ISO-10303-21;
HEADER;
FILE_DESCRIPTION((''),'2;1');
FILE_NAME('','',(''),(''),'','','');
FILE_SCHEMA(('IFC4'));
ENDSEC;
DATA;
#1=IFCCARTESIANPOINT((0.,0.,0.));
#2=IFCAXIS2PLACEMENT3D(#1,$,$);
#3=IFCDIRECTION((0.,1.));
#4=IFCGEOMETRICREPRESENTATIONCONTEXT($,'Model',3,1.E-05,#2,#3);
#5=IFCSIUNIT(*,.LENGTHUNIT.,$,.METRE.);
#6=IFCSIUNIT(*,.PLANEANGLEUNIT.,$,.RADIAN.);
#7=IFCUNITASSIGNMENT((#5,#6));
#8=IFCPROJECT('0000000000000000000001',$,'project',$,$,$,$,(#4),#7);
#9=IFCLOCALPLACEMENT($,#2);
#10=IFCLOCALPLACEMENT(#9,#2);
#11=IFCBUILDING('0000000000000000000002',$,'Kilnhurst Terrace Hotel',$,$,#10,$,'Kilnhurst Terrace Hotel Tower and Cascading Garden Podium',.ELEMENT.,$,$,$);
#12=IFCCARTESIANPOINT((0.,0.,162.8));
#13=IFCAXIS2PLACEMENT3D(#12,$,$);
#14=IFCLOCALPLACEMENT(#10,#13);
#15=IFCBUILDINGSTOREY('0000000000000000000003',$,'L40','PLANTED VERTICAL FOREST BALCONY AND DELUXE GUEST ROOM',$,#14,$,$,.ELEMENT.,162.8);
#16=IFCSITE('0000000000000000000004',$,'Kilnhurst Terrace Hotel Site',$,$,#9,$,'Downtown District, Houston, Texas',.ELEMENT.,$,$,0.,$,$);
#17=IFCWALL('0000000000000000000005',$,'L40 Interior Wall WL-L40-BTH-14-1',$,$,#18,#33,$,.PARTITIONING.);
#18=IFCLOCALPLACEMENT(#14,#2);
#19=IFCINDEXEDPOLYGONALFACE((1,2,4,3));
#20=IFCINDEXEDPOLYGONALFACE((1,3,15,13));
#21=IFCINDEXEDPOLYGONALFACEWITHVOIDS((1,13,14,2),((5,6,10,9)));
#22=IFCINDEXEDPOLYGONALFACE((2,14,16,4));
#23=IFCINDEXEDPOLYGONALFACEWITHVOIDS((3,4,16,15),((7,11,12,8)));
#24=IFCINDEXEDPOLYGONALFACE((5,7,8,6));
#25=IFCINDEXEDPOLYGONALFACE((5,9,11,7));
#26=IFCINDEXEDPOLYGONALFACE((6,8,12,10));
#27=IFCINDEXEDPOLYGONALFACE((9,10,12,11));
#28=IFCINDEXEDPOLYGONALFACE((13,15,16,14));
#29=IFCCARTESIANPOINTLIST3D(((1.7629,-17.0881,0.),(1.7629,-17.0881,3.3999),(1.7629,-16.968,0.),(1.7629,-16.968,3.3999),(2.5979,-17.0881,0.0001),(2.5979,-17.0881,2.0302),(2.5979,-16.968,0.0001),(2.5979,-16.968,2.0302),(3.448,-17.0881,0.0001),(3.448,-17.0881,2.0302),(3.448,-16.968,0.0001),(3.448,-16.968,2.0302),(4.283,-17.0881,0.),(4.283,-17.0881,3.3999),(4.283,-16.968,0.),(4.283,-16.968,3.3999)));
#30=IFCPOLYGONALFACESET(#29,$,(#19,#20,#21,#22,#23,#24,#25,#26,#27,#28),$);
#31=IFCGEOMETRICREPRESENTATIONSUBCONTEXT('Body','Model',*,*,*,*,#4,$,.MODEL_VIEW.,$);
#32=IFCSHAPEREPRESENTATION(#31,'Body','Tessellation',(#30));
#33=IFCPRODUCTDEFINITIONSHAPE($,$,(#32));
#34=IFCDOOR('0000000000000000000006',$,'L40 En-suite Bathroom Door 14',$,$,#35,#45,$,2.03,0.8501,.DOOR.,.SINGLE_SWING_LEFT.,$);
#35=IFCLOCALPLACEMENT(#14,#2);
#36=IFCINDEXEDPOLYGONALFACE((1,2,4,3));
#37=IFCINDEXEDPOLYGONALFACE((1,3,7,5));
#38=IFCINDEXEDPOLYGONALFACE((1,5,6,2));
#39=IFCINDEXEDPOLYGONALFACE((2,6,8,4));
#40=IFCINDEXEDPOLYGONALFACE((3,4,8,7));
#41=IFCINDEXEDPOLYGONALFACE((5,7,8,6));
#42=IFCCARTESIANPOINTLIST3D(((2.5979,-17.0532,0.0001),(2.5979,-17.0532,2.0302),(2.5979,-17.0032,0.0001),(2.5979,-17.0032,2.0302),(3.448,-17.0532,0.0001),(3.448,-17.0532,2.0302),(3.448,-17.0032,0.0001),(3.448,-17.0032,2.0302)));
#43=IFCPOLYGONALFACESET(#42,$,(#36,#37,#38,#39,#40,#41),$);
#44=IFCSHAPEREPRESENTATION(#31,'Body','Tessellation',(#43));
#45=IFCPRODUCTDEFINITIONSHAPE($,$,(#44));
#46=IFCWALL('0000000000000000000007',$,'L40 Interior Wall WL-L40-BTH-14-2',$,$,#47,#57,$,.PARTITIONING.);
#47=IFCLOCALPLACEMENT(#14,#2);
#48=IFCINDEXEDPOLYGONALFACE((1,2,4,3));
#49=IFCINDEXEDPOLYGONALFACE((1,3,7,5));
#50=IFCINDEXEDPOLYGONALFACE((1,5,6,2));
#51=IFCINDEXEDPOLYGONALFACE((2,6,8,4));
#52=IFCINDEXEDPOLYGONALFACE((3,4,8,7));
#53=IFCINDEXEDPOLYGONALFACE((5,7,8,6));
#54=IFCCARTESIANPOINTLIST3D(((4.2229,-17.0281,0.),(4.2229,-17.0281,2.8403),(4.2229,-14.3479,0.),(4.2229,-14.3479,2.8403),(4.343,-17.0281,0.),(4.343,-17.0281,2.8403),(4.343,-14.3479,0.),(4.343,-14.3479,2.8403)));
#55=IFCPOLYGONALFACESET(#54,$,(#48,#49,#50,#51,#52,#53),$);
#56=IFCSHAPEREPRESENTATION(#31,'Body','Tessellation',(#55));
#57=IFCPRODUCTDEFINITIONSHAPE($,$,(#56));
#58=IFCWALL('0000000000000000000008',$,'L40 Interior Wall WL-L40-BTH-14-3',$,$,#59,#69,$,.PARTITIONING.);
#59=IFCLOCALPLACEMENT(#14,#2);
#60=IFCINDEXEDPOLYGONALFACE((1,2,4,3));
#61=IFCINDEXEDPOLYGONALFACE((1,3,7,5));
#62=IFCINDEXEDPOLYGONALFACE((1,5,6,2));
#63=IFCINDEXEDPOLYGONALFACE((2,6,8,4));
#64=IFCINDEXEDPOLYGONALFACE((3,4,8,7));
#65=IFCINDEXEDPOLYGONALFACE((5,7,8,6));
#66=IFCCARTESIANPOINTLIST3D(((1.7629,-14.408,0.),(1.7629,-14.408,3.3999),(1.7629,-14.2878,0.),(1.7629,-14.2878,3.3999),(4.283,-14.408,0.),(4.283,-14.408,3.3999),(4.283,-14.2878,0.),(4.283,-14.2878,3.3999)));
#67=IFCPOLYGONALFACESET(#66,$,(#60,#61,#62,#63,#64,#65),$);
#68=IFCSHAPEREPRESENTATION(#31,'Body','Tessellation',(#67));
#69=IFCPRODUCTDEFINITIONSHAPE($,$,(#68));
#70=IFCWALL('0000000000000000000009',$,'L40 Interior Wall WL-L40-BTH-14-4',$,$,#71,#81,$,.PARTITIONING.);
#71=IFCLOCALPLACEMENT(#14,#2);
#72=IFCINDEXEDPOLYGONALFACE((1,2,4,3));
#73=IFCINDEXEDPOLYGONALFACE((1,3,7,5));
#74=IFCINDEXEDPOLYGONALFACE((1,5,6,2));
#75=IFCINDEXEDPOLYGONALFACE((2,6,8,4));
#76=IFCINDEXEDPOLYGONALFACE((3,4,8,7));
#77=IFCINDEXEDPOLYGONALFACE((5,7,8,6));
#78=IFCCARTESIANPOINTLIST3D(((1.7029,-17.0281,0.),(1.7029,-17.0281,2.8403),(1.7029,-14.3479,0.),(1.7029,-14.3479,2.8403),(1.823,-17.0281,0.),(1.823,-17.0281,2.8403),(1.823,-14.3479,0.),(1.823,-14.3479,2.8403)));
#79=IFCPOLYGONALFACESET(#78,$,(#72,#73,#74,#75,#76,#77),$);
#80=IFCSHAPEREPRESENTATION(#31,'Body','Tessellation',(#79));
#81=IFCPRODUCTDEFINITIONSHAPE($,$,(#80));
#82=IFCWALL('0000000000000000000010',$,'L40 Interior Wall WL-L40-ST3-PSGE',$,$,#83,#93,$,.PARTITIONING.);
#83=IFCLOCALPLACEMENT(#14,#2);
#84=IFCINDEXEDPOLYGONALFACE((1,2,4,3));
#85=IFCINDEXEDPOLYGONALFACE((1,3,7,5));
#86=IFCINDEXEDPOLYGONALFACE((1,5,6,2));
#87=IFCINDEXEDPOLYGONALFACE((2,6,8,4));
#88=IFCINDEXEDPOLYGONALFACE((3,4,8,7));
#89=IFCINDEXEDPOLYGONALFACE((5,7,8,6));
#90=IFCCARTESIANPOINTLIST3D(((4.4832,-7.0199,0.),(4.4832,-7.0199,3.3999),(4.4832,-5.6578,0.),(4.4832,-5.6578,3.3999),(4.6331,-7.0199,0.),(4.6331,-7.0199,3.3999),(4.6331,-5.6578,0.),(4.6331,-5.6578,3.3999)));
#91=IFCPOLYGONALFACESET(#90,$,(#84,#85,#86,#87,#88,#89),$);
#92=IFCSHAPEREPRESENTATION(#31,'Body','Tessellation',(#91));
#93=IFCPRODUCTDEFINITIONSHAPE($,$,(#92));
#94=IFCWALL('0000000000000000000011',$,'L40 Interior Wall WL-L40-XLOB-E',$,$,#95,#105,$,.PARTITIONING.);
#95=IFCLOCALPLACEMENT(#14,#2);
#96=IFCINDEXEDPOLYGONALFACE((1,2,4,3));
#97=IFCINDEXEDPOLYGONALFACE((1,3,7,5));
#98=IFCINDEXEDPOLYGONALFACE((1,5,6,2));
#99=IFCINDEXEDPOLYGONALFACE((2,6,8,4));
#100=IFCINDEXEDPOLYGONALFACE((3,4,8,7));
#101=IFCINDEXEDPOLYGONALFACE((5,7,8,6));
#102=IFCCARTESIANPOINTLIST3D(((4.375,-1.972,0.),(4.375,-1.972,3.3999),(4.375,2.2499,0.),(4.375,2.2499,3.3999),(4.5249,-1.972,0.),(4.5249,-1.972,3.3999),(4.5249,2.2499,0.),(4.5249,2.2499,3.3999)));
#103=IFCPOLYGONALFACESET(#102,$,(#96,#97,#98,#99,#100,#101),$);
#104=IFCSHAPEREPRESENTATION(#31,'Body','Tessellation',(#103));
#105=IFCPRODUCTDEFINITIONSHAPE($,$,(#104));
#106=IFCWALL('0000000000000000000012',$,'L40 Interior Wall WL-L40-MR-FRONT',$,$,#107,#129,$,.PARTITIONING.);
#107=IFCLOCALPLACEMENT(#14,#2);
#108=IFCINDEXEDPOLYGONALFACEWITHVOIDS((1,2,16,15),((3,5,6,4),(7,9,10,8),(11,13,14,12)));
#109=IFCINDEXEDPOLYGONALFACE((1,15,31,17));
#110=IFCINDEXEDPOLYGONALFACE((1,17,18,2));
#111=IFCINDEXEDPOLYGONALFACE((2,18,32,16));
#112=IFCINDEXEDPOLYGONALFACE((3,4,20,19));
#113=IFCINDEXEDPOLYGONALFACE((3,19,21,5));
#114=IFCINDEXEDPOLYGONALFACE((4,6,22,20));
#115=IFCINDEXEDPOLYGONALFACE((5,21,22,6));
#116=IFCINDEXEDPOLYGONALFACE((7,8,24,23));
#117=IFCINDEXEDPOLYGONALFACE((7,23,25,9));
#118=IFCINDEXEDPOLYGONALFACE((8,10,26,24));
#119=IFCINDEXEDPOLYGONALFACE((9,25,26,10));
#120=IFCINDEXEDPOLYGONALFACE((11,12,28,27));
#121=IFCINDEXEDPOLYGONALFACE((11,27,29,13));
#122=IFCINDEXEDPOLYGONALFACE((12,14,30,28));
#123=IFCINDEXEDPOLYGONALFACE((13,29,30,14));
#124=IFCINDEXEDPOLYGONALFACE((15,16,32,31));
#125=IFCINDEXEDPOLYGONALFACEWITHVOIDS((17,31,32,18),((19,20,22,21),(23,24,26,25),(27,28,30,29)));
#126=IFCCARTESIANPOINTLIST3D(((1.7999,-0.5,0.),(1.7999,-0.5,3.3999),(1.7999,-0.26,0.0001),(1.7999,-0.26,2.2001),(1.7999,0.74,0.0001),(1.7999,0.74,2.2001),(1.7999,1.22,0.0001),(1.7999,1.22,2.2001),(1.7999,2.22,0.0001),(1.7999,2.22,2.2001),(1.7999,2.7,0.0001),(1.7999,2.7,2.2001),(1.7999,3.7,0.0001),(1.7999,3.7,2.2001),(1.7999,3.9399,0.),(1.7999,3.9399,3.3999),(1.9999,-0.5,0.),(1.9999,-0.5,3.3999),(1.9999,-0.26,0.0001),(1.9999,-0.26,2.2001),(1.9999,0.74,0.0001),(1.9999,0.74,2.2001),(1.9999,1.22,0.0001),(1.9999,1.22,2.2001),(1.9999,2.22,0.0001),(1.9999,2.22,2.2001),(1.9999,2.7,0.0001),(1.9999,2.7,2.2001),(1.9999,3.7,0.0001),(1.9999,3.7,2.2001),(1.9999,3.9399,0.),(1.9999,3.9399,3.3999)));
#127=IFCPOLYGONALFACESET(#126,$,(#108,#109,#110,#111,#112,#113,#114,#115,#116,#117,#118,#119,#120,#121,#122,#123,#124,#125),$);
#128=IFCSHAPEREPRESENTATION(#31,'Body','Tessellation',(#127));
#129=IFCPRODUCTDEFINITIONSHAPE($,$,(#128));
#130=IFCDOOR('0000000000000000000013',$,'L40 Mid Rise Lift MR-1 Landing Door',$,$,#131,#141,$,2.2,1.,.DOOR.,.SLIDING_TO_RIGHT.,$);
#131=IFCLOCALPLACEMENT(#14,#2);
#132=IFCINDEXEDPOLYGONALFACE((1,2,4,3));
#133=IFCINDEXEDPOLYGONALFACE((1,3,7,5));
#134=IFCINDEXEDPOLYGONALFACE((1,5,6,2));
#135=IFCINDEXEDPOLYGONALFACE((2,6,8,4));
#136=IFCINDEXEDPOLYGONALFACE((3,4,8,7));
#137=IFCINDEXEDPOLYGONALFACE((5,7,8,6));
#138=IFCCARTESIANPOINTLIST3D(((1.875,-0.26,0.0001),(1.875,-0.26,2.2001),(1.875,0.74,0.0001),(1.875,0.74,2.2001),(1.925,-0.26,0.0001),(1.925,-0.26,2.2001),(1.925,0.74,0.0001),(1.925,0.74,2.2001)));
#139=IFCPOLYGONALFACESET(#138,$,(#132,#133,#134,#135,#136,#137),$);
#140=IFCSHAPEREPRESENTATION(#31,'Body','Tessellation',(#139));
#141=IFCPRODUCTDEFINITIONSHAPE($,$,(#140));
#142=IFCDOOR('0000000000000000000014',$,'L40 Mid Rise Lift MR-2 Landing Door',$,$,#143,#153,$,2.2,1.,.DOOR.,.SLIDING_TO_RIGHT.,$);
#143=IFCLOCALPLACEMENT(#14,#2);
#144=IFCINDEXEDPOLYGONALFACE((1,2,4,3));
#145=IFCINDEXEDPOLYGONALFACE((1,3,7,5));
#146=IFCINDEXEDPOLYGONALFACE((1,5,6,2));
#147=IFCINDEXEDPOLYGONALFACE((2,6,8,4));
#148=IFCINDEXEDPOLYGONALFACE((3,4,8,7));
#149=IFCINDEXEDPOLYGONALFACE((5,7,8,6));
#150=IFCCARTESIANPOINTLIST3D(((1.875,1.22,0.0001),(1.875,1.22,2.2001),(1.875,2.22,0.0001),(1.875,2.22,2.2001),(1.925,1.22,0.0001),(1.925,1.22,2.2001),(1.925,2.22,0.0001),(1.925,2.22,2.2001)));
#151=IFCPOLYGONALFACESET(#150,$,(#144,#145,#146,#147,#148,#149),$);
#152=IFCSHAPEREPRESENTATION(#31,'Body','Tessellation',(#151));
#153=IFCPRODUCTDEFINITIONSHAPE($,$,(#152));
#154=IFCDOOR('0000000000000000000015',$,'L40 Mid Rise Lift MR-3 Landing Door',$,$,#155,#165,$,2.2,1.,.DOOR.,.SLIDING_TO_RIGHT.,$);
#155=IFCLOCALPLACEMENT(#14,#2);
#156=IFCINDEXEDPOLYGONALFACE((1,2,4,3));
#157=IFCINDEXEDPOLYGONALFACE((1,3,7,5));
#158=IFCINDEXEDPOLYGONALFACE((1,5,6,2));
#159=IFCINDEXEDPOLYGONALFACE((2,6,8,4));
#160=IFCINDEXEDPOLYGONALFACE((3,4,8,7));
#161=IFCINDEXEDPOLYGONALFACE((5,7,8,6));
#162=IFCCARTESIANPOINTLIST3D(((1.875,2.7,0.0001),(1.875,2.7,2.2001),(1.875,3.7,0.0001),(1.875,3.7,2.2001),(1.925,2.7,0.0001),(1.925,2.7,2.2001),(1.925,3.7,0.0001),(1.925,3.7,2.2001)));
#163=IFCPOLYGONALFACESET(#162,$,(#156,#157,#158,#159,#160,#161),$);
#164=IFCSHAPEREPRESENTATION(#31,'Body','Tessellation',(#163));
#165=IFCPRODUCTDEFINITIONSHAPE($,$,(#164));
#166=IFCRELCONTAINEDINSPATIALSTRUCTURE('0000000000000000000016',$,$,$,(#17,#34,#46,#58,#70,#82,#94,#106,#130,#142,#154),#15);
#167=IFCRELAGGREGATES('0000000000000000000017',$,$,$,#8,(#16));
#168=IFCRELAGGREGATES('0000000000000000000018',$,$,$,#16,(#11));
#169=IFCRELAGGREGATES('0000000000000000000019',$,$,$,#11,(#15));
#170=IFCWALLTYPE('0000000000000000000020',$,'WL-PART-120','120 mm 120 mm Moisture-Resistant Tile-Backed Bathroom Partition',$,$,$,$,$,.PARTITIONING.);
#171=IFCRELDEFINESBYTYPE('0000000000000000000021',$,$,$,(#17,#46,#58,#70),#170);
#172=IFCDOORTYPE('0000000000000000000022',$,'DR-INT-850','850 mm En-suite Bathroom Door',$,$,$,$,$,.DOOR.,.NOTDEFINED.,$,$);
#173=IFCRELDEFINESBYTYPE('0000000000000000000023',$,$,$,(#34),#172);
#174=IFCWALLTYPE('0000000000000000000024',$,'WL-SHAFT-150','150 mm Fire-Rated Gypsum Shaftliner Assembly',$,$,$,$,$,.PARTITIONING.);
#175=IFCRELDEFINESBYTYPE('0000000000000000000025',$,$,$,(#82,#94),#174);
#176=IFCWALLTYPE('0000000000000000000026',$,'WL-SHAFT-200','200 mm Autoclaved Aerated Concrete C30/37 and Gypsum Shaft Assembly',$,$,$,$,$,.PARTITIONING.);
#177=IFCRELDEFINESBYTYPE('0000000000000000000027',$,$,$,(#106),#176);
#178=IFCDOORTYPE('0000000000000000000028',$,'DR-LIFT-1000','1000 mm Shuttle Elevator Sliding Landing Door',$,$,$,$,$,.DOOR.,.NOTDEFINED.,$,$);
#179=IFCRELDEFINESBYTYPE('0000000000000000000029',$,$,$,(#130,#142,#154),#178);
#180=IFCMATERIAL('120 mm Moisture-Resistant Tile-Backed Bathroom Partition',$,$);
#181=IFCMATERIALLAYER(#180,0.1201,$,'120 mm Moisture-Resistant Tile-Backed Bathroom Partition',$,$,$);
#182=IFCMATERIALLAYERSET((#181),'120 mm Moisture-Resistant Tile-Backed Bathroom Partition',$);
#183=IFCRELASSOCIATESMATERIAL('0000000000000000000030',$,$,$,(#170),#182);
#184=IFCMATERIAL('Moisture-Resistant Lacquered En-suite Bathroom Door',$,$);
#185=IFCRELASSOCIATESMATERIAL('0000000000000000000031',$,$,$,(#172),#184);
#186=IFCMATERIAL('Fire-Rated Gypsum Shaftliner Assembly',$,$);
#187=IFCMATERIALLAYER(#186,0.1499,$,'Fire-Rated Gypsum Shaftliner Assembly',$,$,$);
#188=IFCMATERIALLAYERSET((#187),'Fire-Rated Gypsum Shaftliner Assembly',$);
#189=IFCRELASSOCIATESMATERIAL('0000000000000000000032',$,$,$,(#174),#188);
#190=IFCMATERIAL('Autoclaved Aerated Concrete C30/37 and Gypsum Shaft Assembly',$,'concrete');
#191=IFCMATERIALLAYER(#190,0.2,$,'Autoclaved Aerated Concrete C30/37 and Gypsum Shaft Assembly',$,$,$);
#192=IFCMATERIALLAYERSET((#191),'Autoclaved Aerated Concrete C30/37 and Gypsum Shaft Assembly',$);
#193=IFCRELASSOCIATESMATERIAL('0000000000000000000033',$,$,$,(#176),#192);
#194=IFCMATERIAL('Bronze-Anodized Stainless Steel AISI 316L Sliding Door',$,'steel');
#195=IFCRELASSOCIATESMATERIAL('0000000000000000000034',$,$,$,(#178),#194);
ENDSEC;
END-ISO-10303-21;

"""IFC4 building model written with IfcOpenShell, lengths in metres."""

from ifc_helpers import new_model, si_unit, direction, frame, frame_2d, origin, place, context, subcontext, project, spatial, rectangle, extrude, material, layer, layer_set, type_object, element, fill, save


model = new_model("IFC4")

# Units and contexts
model_context = context("Model", 3, precision=1e-05, world=origin(), true_north=direction((0.0, 1.0)))
body_context = subcontext(model_context, "Body", "Model", "MODEL_VIEW")
ifc_project = project(units=[si_unit("LENGTHUNIT", "METRE"), si_unit("PLANEANGLEUNIT", "RADIAN")], contexts=[model_context])

# Site, building, storey
site_placement = place(None, origin())
site = spatial("IfcSite", under=ifc_project, at=site_placement, Name="Kilnhurst Terrace Hotel Site", LongName="Downtown District, Houston, Texas", CompositionType="ELEMENT", RefElevation=0.0)
building_placement = place(site_placement, origin())
building = spatial("IfcBuilding", under=site, at=building_placement, Name="Kilnhurst Terrace Hotel", LongName="Kilnhurst Terrace Hotel Tower and Cascading Garden Podium", CompositionType="ELEMENT")
storey_placement = place(building_placement, frame((0.0, 0.0, 162.8)))
storey = spatial("IfcBuildingStorey", under=building, at=storey_placement, Name="L40", Description="PLANTED VERTICAL FOREST BALCONY AND DELUXE GUEST ROOM", CompositionType="ELEMENT", Elevation=162.8)

# Shared definitions
ifc_material_1 = material(Name="120 mm Moisture-Resistant Tile-Backed Bathroom Partition")
ifc_layer_1 = layer(ifc_material_1, 0.1201, Name="120 mm Moisture-Resistant Tile-Backed Bathroom Partition")
ifc_layer_set_1 = layer_set([ifc_layer_1], Name="120 mm Moisture-Resistant Tile-Backed Bathroom Partition")
wall_type_1 = type_object("IfcWallType", Name="WL-PART-120", Description="120 mm 120 mm Moisture-Resistant Tile-Backed Bathroom Partition", PredefinedType="PARTITIONING", material=ifc_layer_set_1)

# Wall, opening, door
wall_1_placement = place(storey_placement, frame((1.7629, -17.0281, 0.0), z_axis=(0.0, 0.0, 1.0), x_axis=(1.0, 0.0, 0.0)))
wall_1 = element("IfcWall", 1, at=wall_1_placement, inside=storey, type_object=wall_type_1, Name="L40 Interior Wall WL-L40-BTH-14-1", PredefinedType="PARTITIONING", context=body_context, shape_type="SweptSolid", body=[
    extrude(rectangle(XDim=2.52, YDim=0.1201, at=frame_2d((1.26, 0.0))), origin(), (0.0, 0.0, 1.0), 3.3999),
])
opening_1_placement = place(wall_1_placement, frame((0.835, 0.0, 0.0)))
opening_1 = element("IfcOpeningElement", 2, at=opening_1_placement, cuts=wall_1, PredefinedType="OPENING", context=body_context, shape_type="SweptSolid", body=[
    extrude(rectangle(XDim=0.8501, YDim=2.03, at=frame_2d((0.425, 1.0151))), frame((0.0, 0.0701, 0.0), z_axis=(0.0, -1.0, 0.0), x_axis=(1.0, 0.0, 0.0)), (0.0, 0.0, 1.0), 0.1401),
])
ifc_material_2 = material(Name="Moisture-Resistant Lacquered En-suite Bathroom Door")
door_type_1 = type_object("IfcDoorType", Name="DR-INT-850", Description="850 mm En-suite Bathroom Door", OperationType="NOTDEFINED", PredefinedType="DOOR", material=ifc_material_2)
door_1_placement = place(opening_1_placement, origin())
door_1 = element("IfcDoor", 3, at=door_1_placement, inside=storey, type_object=door_type_1, Name="L40 En-suite Bathroom Door 14", OperationType="SINGLE_SWING_LEFT", OverallHeight=2.03, OverallWidth=0.8501, PredefinedType="DOOR", context=body_context, shape_type="SweptSolid", body=[
    extrude(rectangle(XDim=0.8501, YDim=2.03, at=frame_2d((0.425, 1.0151))), frame((0.0, 0.0249, 0.0), z_axis=(0.0, -1.0, 0.0), x_axis=(1.0, 0.0, 0.0)), (0.0, 0.0, 1.0), 0.05),
])
fill(opening_1, door_1)

# Walls
wall_2_placement = place(storey_placement, frame((4.283, -17.0281, 0.0), z_axis=(0.0, 0.0, 1.0), x_axis=(0.0, 1.0, 0.0)))
element("IfcWall", 4, at=wall_2_placement, inside=storey, type_object=wall_type_1, Name="L40 Interior Wall WL-L40-BTH-14-2", PredefinedType="PARTITIONING", context=body_context, shape_type="SweptSolid", body=[
    extrude(rectangle(XDim=2.6802, YDim=0.1201, at=frame_2d((1.3401, 0.0))), origin(), (0.0, 0.0, 1.0), 2.8403),
])
wall_3_placement = place(storey_placement, frame((4.283, -14.3479, 0.0), z_axis=(0.0, 0.0, 1.0), x_axis=(-1.0, 0.0, 0.0)))
element("IfcWall", 5, at=wall_3_placement, inside=storey, type_object=wall_type_1, Name="L40 Interior Wall WL-L40-BTH-14-3", PredefinedType="PARTITIONING", context=body_context, shape_type="SweptSolid", body=[
    extrude(rectangle(XDim=2.52, YDim=0.1201, at=frame_2d((1.26, 0.0))), origin(), (0.0, 0.0, 1.0), 3.3999),
])
wall_4_placement = place(storey_placement, frame((1.7629, -14.3479, 0.0), z_axis=(0.0, 0.0, 1.0), x_axis=(0.0, -1.0, 0.0)))
element("IfcWall", 6, at=wall_4_placement, inside=storey, type_object=wall_type_1, Name="L40 Interior Wall WL-L40-BTH-14-4", PredefinedType="PARTITIONING", context=body_context, shape_type="SweptSolid", body=[
    extrude(rectangle(XDim=2.6802, YDim=0.1201, at=frame_2d((1.3401, 0.0))), origin(), (0.0, 0.0, 1.0), 2.8403),
])
ifc_material_3 = material(Name="Fire-Rated Gypsum Shaftliner Assembly")
ifc_layer_2 = layer(ifc_material_3, 0.1499, Name="Fire-Rated Gypsum Shaftliner Assembly")
ifc_layer_set_2 = layer_set([ifc_layer_2], Name="Fire-Rated Gypsum Shaftliner Assembly")
wall_type_2 = type_object("IfcWallType", Name="WL-SHAFT-150", Description="150 mm Fire-Rated Gypsum Shaftliner Assembly", PredefinedType="PARTITIONING", material=ifc_layer_set_2)
wall_5_placement = place(storey_placement, frame((4.5581, -7.02, 0.0), z_axis=(0.0, 0.0, 1.0), x_axis=(0.0, 1.0, 0.0)))
element("IfcWall", 7, at=wall_5_placement, inside=storey, type_object=wall_type_2, Name="L40 Interior Wall WL-L40-ST3-PSGE", PredefinedType="PARTITIONING", context=body_context, shape_type="SweptSolid", body=[
    extrude(rectangle(XDim=1.3621, YDim=0.1499, at=frame_2d((0.6812, 0.0))), origin(), (0.0, 0.0, 1.0), 3.3999),
])
wall_6_placement = place(storey_placement, frame((4.45, -1.9719, 0.0), z_axis=(0.0, 0.0, 1.0), x_axis=(0.0, 1.0, 0.0)))
element("IfcWall", 8, at=wall_6_placement, inside=storey, type_object=wall_type_2, Name="L40 Interior Wall WL-L40-XLOB-E", PredefinedType="PARTITIONING", context=body_context, shape_type="SweptSolid", body=[
    extrude(rectangle(XDim=4.2219, YDim=0.1499, at=frame_2d((2.1108, 0.0))), origin(), (0.0, 0.0, 1.0), 3.3999),
])

# Wall, openings, doors
ifc_material_4 = material(Name="Autoclaved Aerated Concrete C30/37 and Gypsum Shaft Assembly", Category="concrete")
ifc_layer_3 = layer(ifc_material_4, 0.2, Name="Autoclaved Aerated Concrete C30/37 and Gypsum Shaft Assembly")
ifc_layer_set_3 = layer_set([ifc_layer_3], Name="Autoclaved Aerated Concrete C30/37 and Gypsum Shaft Assembly")
wall_type_3 = type_object("IfcWallType", Name="WL-SHAFT-200", Description="200 mm Autoclaved Aerated Concrete C30/37 and Gypsum Shaft Assembly", PredefinedType="PARTITIONING", material=ifc_layer_set_3)
wall_7_placement = place(storey_placement, frame((1.8999, -0.5, 0.0), z_axis=(0.0, 0.0, 1.0), x_axis=(0.0, 1.0, 0.0)))
wall_7 = element("IfcWall", 9, at=wall_7_placement, inside=storey, type_object=wall_type_3, Name="L40 Interior Wall WL-L40-MR-FRONT", PredefinedType="PARTITIONING", context=body_context, shape_type="SweptSolid", body=[
    extrude(rectangle(XDim=4.4399, YDim=0.2, at=frame_2d((2.22, 0.0))), origin(), (0.0, 0.0, 1.0), 3.3999),
])
opening_2_placement = place(wall_7_placement, frame((0.24, 0.0, 0.0)))
opening_2 = element("IfcOpeningElement", 10, at=opening_2_placement, cuts=wall_7, PredefinedType="OPENING", context=body_context, shape_type="SweptSolid", body=[
    extrude(rectangle(XDim=1.0, YDim=2.2, at=frame_2d((0.5, 1.1001))), frame((0.0, 0.1099, 0.0), z_axis=(0.0, -1.0, 0.0), x_axis=(1.0, 0.0, 0.0)), (0.0, 0.0, 1.0), 0.22),
])
opening_3_placement = place(wall_7_placement, frame((1.72, 0.0, 0.0)))
opening_3 = element("IfcOpeningElement", 11, at=opening_3_placement, cuts=wall_7, PredefinedType="OPENING", context=body_context, shape_type="SweptSolid", body=[
    extrude(rectangle(XDim=1.0, YDim=2.2, at=frame_2d((0.5, 1.1001))), frame((0.0, 0.1099, 0.0), z_axis=(0.0, -1.0, 0.0), x_axis=(1.0, 0.0, 0.0)), (0.0, 0.0, 1.0), 0.22),
])
opening_4_placement = place(wall_7_placement, frame((3.2, 0.0, 0.0)))
opening_4 = element("IfcOpeningElement", 12, at=opening_4_placement, cuts=wall_7, PredefinedType="OPENING", context=body_context, shape_type="SweptSolid", body=[
    extrude(rectangle(XDim=1.0, YDim=2.2, at=frame_2d((0.5, 1.1001))), frame((0.0, 0.1099, 0.0), z_axis=(0.0, -1.0, 0.0), x_axis=(1.0, 0.0, 0.0)), (0.0, 0.0, 1.0), 0.22),
])
ifc_material_5 = material(Name="Bronze-Anodized Stainless Steel AISI 316L Sliding Door", Category="steel")
door_type_2 = type_object("IfcDoorType", Name="DR-LIFT-1000", Description="1000 mm Shuttle Elevator Sliding Landing Door", OperationType="NOTDEFINED", PredefinedType="DOOR", material=ifc_material_5)
door_2_placement = place(opening_2_placement, origin())
door_2 = element("IfcDoor", 13, at=door_2_placement, inside=storey, type_object=door_type_2, Name="L40 Mid Rise Lift MR-1 Landing Door", OperationType="SLIDING_TO_RIGHT", OverallHeight=2.2, OverallWidth=1.0, PredefinedType="DOOR", context=body_context, shape_type="SweptSolid", body=[
    extrude(rectangle(XDim=1.0, YDim=2.2, at=frame_2d((0.5, 1.1001))), frame((0.0, 0.0249, 0.0), z_axis=(0.0, -1.0, 0.0), x_axis=(1.0, 0.0, 0.0)), (0.0, 0.0, 1.0), 0.05),
])
fill(opening_2, door_2)
door_3_placement = place(opening_3_placement, origin())
door_3 = element("IfcDoor", 14, at=door_3_placement, inside=storey, type_object=door_type_2, Name="L40 Mid Rise Lift MR-2 Landing Door", OperationType="SLIDING_TO_RIGHT", OverallHeight=2.2, OverallWidth=1.0, PredefinedType="DOOR", context=body_context, shape_type="SweptSolid", body=[
    extrude(rectangle(XDim=1.0, YDim=2.2, at=frame_2d((0.5, 1.1001))), frame((0.0, 0.0249, 0.0), z_axis=(0.0, -1.0, 0.0), x_axis=(1.0, 0.0, 0.0)), (0.0, 0.0, 1.0), 0.05),
])
fill(opening_3, door_3)
door_4_placement = place(opening_4_placement, origin())
door_4 = element("IfcDoor", 15, at=door_4_placement, inside=storey, type_object=door_type_2, Name="L40 Mid Rise Lift MR-3 Landing Door", OperationType="SLIDING_TO_RIGHT", OverallHeight=2.2, OverallWidth=1.0, PredefinedType="DOOR", context=body_context, shape_type="SweptSolid", body=[
    extrude(rectangle(XDim=1.0, YDim=2.2, at=frame_2d((0.5, 1.1001))), frame((0.0, 0.0249, 0.0), z_axis=(0.0, -1.0, 0.0), x_axis=(1.0, 0.0, 0.0)), (0.0, 0.0, 1.0), 0.05),
])
fill(opening_4, door_4)

save(model, "model.ifc")
